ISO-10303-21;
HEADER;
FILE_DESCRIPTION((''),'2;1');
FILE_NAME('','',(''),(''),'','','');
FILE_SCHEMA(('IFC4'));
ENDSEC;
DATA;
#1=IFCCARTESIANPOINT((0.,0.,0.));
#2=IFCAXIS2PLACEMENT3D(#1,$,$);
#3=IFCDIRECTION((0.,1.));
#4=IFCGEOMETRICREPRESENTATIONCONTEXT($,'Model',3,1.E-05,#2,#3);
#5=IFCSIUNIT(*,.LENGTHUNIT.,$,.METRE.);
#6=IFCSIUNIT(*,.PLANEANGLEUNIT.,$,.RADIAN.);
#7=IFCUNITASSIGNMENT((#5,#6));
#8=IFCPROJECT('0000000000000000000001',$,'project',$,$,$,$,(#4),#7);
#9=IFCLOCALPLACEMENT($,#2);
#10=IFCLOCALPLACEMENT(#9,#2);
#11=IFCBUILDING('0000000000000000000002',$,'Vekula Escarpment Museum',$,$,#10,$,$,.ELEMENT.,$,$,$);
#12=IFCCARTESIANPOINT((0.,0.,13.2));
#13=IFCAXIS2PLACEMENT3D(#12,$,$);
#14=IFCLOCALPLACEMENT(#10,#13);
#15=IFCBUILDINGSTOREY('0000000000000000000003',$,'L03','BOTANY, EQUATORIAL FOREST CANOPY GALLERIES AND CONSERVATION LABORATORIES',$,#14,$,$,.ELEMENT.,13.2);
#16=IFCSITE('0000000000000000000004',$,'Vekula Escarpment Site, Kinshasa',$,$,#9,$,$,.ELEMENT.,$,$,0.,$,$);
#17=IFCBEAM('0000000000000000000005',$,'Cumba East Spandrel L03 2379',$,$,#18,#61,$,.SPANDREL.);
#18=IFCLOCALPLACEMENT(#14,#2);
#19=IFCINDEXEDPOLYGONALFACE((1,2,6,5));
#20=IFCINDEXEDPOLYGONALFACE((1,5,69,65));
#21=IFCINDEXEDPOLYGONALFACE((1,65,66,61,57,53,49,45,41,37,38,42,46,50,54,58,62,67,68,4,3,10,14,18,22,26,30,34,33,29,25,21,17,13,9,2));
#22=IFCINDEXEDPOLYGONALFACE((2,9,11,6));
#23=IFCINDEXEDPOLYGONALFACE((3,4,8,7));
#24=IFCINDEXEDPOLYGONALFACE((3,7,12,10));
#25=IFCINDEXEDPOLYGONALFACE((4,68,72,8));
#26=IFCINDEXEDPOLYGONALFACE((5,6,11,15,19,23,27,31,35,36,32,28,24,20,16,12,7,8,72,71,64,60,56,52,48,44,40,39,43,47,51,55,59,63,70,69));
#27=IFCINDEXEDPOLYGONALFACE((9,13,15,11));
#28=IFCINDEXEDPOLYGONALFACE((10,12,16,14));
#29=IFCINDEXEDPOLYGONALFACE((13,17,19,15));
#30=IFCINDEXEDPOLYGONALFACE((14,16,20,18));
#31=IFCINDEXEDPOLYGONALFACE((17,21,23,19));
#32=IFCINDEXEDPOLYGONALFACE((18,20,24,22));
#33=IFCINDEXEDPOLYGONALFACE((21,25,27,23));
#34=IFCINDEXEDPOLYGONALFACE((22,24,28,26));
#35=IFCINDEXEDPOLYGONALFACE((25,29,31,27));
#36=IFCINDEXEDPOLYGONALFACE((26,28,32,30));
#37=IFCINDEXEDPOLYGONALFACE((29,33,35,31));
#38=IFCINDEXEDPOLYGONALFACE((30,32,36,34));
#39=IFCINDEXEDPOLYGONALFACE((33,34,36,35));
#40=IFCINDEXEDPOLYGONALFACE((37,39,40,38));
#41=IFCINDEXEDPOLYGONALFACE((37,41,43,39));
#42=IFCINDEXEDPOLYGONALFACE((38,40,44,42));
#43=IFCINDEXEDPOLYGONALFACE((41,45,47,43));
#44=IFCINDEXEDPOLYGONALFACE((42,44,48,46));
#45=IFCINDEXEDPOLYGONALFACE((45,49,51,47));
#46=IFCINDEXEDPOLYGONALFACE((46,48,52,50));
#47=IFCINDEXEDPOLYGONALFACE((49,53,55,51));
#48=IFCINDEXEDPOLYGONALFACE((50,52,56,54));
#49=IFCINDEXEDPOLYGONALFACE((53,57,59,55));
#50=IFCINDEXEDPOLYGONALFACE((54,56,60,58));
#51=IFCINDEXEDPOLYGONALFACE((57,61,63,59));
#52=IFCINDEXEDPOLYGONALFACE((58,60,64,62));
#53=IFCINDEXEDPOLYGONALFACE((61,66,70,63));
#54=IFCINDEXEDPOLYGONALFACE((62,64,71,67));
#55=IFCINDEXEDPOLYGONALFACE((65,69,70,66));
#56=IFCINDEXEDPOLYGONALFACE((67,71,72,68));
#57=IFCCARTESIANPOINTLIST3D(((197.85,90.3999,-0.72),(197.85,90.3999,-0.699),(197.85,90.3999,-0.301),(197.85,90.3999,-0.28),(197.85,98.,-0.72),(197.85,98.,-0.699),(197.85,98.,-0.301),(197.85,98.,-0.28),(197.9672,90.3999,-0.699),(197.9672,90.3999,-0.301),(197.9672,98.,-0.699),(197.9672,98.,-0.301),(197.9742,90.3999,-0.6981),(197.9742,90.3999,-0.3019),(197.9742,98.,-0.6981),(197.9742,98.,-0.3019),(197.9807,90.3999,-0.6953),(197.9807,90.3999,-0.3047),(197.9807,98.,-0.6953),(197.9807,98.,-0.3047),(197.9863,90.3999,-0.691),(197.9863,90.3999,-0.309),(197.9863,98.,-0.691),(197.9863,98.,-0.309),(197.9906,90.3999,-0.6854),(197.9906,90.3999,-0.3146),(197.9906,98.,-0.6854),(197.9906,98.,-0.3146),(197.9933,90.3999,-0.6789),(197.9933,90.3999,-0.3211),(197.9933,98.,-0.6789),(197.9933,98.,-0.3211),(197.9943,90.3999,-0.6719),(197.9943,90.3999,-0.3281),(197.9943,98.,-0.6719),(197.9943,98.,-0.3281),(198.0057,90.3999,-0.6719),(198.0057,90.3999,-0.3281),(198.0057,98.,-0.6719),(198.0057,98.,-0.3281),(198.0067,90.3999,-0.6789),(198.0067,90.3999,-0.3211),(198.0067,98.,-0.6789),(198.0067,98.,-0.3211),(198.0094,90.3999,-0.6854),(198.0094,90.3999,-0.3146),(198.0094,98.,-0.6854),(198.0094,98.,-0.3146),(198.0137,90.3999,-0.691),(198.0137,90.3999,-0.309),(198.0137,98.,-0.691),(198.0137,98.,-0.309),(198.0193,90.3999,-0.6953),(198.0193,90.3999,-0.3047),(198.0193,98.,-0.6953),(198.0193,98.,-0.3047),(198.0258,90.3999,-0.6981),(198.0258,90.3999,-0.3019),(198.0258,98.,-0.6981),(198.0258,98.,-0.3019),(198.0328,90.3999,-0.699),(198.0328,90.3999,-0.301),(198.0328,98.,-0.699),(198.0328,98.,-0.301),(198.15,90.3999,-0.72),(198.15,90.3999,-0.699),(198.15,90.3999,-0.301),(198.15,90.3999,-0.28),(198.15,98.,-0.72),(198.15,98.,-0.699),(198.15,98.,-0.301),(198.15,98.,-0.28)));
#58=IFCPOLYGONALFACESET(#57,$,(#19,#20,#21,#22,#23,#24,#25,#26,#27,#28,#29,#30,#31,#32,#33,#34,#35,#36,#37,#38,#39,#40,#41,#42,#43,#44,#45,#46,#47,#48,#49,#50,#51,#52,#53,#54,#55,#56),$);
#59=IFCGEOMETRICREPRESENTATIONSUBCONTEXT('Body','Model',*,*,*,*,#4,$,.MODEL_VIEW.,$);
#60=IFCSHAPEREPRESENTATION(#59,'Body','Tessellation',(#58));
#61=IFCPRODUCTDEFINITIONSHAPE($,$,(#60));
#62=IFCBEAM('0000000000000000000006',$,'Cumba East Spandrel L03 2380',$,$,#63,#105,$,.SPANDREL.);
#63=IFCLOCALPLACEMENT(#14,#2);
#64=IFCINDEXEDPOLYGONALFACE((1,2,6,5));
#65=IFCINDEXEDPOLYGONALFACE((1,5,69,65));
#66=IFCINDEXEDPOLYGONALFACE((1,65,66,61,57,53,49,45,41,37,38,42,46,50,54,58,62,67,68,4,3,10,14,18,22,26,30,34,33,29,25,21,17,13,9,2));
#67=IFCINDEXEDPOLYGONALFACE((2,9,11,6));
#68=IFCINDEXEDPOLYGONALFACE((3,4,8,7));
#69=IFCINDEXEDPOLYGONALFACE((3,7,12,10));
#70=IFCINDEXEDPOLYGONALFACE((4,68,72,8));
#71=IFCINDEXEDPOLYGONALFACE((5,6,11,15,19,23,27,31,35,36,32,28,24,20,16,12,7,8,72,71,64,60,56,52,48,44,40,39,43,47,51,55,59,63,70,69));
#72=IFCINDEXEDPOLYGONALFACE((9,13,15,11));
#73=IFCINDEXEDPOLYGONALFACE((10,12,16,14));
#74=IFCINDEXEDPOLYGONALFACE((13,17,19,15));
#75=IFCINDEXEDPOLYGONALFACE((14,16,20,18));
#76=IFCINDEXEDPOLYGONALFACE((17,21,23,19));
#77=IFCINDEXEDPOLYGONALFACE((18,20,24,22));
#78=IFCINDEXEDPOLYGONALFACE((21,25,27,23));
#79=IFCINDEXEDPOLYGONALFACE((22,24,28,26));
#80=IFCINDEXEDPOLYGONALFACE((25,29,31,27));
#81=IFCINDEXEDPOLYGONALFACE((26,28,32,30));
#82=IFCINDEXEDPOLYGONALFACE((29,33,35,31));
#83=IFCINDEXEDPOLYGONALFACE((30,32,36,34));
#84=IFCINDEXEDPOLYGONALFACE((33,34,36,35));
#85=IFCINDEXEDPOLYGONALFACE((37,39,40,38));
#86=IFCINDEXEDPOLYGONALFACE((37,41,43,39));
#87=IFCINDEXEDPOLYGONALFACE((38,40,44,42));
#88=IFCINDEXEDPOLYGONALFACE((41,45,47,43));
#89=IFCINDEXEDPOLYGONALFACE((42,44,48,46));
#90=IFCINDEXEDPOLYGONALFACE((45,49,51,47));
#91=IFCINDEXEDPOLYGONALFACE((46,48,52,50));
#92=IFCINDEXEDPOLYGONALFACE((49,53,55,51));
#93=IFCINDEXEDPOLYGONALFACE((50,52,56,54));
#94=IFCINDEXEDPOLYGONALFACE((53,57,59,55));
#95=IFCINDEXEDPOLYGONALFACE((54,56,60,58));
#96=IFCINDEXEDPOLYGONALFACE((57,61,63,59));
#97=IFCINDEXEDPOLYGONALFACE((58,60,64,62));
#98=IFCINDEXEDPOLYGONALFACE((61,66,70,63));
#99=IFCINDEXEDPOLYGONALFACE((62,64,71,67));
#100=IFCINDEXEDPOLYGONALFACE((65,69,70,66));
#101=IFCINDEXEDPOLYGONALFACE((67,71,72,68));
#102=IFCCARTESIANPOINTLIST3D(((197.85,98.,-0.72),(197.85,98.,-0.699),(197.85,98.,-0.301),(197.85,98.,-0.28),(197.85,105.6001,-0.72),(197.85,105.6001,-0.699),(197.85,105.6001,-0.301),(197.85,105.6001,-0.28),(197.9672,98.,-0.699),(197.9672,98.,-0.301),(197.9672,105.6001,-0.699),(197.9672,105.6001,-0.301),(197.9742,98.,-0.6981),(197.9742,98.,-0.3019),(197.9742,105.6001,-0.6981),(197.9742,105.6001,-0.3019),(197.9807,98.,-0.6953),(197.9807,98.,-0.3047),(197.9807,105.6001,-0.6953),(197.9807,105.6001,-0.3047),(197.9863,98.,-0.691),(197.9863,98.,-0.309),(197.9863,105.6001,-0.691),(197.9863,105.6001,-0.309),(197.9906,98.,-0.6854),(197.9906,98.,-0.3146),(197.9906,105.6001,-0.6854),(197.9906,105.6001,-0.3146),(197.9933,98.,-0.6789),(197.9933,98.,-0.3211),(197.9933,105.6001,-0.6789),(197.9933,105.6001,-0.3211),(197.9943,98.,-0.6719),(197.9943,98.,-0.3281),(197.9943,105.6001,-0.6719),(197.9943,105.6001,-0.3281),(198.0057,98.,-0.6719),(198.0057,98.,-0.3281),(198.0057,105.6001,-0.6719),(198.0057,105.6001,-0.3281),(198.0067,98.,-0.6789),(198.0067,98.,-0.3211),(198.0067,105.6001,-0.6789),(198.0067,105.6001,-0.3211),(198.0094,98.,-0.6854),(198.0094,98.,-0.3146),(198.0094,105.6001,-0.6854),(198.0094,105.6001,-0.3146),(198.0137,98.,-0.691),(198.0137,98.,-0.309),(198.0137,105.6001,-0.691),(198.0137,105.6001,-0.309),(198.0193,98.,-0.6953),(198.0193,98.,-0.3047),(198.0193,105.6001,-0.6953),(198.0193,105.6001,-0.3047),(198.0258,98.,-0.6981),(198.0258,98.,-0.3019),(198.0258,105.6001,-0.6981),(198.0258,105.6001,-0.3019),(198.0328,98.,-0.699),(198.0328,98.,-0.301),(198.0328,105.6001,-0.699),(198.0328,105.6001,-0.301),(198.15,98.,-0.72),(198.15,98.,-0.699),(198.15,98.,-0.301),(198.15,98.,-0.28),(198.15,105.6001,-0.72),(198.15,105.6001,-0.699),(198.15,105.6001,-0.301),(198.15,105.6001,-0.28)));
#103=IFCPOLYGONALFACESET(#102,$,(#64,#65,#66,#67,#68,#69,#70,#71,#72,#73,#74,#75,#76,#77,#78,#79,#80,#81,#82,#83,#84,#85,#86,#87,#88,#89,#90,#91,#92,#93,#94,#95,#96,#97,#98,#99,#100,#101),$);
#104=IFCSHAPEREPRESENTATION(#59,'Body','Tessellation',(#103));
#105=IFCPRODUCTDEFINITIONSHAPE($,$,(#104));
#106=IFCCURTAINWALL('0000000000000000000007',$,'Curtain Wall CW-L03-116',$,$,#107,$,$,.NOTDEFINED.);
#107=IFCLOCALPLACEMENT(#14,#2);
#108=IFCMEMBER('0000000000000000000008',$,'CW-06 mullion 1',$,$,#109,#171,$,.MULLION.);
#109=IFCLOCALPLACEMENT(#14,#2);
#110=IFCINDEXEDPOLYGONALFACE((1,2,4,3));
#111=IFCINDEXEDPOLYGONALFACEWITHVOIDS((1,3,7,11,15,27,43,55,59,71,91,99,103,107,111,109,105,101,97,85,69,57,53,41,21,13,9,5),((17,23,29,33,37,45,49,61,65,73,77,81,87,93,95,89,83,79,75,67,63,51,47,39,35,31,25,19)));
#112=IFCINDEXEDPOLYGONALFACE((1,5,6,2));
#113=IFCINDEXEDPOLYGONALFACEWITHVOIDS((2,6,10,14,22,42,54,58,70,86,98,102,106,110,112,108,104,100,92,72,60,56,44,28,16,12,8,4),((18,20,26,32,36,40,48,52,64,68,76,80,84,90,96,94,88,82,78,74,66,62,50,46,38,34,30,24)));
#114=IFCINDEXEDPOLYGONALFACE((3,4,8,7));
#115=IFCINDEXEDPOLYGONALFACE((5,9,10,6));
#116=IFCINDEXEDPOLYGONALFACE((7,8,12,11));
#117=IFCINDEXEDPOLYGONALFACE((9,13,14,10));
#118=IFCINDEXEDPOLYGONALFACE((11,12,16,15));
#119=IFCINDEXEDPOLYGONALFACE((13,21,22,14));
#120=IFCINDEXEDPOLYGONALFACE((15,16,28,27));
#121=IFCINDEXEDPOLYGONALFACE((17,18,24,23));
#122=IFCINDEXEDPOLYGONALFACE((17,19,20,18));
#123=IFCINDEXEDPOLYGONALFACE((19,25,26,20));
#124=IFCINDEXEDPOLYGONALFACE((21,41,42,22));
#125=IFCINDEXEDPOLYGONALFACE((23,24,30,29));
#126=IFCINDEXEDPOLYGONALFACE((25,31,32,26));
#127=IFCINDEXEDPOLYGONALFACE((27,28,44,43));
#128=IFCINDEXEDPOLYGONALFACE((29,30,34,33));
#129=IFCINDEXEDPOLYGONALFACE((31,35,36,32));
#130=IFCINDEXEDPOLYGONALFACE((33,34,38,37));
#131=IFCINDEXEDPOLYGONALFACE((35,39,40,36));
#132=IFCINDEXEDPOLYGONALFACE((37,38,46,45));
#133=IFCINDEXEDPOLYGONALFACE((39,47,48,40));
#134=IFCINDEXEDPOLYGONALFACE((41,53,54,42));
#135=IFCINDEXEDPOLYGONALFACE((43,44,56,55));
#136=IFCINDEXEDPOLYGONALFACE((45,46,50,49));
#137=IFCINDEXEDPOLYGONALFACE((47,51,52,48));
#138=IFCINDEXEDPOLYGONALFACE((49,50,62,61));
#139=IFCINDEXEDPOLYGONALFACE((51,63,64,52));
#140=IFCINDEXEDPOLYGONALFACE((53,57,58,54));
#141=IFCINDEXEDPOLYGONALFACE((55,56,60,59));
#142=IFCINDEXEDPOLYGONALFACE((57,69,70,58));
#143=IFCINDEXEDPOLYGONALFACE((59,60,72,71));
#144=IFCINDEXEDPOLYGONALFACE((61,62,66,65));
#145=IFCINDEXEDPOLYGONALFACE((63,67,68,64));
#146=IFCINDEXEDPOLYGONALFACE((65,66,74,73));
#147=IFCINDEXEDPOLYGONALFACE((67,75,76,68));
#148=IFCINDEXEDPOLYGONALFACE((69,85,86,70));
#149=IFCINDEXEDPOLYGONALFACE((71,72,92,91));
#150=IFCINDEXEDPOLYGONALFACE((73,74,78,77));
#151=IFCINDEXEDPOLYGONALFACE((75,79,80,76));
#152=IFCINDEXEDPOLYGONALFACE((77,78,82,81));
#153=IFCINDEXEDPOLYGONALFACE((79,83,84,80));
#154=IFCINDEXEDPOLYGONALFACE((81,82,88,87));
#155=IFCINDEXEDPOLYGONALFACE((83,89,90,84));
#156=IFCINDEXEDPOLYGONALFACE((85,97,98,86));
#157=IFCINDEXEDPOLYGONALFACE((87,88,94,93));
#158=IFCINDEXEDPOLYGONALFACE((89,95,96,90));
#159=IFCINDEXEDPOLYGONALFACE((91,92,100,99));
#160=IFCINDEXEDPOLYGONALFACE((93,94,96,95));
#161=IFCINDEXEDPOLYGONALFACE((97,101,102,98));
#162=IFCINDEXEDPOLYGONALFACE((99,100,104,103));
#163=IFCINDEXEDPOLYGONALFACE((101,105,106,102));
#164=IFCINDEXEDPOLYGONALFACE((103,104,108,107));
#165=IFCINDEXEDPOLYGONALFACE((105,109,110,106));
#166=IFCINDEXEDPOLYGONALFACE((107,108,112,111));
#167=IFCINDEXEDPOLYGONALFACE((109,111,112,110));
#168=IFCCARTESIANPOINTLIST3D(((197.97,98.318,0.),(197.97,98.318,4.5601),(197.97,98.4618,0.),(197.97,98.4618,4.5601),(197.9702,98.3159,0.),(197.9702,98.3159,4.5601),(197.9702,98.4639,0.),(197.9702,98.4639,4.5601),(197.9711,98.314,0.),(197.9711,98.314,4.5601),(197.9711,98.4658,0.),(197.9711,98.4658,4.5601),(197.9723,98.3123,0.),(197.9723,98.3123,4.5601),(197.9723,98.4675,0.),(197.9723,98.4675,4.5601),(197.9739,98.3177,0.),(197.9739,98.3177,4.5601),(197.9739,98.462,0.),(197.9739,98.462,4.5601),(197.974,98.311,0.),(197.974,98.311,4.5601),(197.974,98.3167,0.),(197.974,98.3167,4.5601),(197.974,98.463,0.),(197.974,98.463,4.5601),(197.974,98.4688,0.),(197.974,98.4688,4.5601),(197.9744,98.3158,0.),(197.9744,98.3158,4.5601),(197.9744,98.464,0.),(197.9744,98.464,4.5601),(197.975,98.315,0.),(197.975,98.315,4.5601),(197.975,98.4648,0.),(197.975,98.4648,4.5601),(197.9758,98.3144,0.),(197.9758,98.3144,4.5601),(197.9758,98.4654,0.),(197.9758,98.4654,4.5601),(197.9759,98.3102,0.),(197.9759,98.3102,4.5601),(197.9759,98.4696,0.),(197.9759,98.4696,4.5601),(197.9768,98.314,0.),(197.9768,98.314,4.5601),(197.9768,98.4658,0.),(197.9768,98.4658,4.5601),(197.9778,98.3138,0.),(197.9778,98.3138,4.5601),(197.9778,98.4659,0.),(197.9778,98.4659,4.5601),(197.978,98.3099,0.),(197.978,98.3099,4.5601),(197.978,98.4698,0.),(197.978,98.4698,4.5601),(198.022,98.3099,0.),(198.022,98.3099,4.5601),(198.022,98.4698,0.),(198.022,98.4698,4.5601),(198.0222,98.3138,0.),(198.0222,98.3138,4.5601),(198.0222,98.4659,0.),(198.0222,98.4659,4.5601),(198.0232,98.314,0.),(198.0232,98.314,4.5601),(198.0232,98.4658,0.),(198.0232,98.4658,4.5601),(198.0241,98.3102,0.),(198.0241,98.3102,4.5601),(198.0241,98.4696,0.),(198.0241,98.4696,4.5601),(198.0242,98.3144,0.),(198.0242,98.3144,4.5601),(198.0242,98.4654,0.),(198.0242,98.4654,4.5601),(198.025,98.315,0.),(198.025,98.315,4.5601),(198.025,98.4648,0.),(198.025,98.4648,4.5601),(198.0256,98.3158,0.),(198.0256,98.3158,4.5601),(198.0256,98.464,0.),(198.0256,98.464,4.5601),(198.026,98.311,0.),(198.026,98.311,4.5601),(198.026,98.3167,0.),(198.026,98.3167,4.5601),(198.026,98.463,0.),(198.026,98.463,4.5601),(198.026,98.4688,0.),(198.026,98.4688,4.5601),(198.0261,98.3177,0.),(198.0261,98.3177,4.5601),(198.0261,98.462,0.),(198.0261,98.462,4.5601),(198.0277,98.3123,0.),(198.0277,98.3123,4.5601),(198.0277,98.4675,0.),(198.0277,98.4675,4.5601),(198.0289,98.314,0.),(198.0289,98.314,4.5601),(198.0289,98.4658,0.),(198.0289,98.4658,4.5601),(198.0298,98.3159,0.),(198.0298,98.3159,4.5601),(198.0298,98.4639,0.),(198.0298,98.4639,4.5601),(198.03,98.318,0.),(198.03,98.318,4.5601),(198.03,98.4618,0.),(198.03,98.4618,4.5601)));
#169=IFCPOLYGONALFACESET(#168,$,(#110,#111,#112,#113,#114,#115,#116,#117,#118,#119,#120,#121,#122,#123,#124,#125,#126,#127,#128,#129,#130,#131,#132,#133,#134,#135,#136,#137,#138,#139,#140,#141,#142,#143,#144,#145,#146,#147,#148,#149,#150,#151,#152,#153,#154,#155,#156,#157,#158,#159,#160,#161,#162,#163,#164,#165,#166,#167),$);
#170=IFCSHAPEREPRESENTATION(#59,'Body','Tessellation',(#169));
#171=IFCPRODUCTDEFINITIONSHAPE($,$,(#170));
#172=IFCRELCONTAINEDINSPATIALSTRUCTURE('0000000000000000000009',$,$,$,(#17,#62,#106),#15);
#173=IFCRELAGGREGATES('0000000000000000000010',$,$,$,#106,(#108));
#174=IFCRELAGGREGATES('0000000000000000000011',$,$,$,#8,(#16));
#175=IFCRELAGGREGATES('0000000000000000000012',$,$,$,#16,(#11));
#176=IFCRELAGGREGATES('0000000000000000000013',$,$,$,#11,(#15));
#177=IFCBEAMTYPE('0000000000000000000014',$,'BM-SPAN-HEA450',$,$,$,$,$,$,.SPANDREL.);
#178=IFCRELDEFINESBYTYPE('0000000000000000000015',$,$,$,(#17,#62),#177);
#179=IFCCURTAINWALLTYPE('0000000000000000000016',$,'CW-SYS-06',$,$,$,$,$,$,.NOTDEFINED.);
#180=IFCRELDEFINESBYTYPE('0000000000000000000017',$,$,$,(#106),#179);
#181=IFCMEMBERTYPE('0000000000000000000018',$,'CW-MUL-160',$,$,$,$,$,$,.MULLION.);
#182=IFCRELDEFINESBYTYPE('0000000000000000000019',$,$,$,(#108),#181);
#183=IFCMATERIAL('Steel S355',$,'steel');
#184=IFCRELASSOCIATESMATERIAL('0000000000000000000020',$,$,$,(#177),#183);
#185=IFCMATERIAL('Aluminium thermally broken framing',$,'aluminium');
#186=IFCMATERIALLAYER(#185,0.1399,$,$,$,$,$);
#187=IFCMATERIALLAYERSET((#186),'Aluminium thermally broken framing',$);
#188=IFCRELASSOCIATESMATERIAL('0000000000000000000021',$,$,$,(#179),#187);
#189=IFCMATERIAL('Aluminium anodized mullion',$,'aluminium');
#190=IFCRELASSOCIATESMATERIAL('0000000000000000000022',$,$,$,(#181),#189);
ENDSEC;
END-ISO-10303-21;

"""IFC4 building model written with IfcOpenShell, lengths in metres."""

from ifc_helpers import new_model, si_unit, direction, frame, origin, origin_2d, place, context, subcontext, project, spatial, hollow_rectangle, i_section, extrude, material, layer, layer_set, material_profile, profile_set, type_object, element, aggregate, save


model = new_model("IFC4")

# Units and contexts
model_context = context("Model", 3, precision=1e-05, world=origin(), true_north=direction((0.0, 1.0)))
body_context = subcontext(model_context, "Body", "Model", "MODEL_VIEW")
ifc_project = project(units=[si_unit("LENGTHUNIT", "METRE"), si_unit("PLANEANGLEUNIT", "RADIAN")], contexts=[model_context])

# Site, building, storey
site_placement = place(None, origin())
site = spatial("IfcSite", under=ifc_project, at=site_placement, Name="Vekula Escarpment Site, Kinshasa", CompositionType="ELEMENT", RefElevation=0.0)
building_placement = place(site_placement, origin())
building = spatial("IfcBuilding", under=site, at=building_placement, Name="Vekula Escarpment Museum", CompositionType="ELEMENT")
storey_placement = place(building_placement, frame((0.0, 0.0, 13.2)))
storey = spatial("IfcBuildingStorey", under=building, at=storey_placement, Name="L03", Description="BOTANY, EQUATORIAL FOREST CANOPY GALLERIES AND CONSERVATION LABORATORIES", CompositionType="ELEMENT", Elevation=13.2)

# Beams
ifc_material_1 = material(Name="Steel S355", Category="steel")
ifc_material_profile_1 = material_profile(ifc_material_1, i_section(OverallWidth=0.3, OverallDepth=0.4399, WebThickness=0.0115, FlangeThickness=0.021, FilletRadius=0.0271, at=origin_2d()), Name="HEA 450")
ifc_profile_set_1 = profile_set([ifc_material_profile_1], Name="Steel S355")
beam_type_1 = type_object("IfcBeamType", Name="BM-SPAN-HEA450", PredefinedType="SPANDREL", material=ifc_profile_set_1)
for number, where, z_axis, x_axis, name in (
    (1, (198.0, 90.3999, -0.5), (0.0, 1.0, 0.0), (-1.0, 0.0, 0.0), "Cumba East Spandrel L03 2379"),
    (2, (198.0, 98.0, -0.5), (0.0, 1.0, 0.0), (-1.0, 0.0, 0.0), "Cumba East Spandrel L03 2380"),
):
    element("IfcBeam", number, at=place(storey_placement, frame(where, z_axis=z_axis, x_axis=x_axis)), inside=storey, type_object=beam_type_1, Name=name, PredefinedType="SPANDREL", context=body_context, shape_type="SweptSolid", body=[
        extrude(i_section(OverallWidth=0.3, OverallDepth=0.4399, WebThickness=0.0115, FlangeThickness=0.021, FilletRadius=0.0271, at=origin_2d()), origin(), (0.0, 0.0, 1.0), 7.6001),
    ])

# Curtain wall, member
ifc_material_2 = material(Name="Aluminium thermally broken framing", Category="aluminium")
ifc_layer_1 = layer(ifc_material_2, 0.1399)
ifc_layer_set_1 = layer_set([ifc_layer_1], Name="Aluminium thermally broken framing")
curtain_wall_type = type_object("IfcCurtainWallType", Name="CW-SYS-06", PredefinedType="NOTDEFINED", material=ifc_layer_set_1)
curtain_wall_placement = place(storey_placement, origin())
curtain_wall = element("IfcCurtainWall", 3, at=curtain_wall_placement, inside=storey, type_object=curtain_wall_type, Name="Curtain Wall CW-L03-116", PredefinedType="NOTDEFINED")
ifc_material_3 = material(Name="Aluminium anodized mullion", Category="aluminium")
ifc_material_profile_2 = material_profile(ifc_material_3, hollow_rectangle(XDim=0.0601, YDim=0.1599, WallThickness=0.0039, InnerFilletRadius=0.0039, OuterFilletRadius=0.0081, at=origin_2d()), Name="ALU 160x60x4")
ifc_profile_set_2 = profile_set([ifc_material_profile_2], Name="Aluminium anodized mullion")
member_type_1 = type_object("IfcMemberType", Name="CW-MUL-160", PredefinedType="MULLION", material=ifc_profile_set_2)
member_1_placement = place(storey_placement, frame((198.0, 98.3899, 0.0), z_axis=(0.0, 0.0, 1.0), x_axis=(-1.0, 0.0, 0.0)))
member_1 = element("IfcMember", 4, at=member_1_placement, type_object=member_type_1, Name="CW-06 mullion 1", PredefinedType="MULLION", context=body_context, shape_type="SweptSolid", body=[
    extrude(hollow_rectangle(XDim=0.0601, YDim=0.1599, WallThickness=0.0039, InnerFilletRadius=0.0039, OuterFilletRadius=0.0081, at=origin_2d()), origin(), (0.0, 0.0, 1.0), 4.5601),
])
aggregate(curtain_wall, [member_1])

save(model, "model.ifc")
